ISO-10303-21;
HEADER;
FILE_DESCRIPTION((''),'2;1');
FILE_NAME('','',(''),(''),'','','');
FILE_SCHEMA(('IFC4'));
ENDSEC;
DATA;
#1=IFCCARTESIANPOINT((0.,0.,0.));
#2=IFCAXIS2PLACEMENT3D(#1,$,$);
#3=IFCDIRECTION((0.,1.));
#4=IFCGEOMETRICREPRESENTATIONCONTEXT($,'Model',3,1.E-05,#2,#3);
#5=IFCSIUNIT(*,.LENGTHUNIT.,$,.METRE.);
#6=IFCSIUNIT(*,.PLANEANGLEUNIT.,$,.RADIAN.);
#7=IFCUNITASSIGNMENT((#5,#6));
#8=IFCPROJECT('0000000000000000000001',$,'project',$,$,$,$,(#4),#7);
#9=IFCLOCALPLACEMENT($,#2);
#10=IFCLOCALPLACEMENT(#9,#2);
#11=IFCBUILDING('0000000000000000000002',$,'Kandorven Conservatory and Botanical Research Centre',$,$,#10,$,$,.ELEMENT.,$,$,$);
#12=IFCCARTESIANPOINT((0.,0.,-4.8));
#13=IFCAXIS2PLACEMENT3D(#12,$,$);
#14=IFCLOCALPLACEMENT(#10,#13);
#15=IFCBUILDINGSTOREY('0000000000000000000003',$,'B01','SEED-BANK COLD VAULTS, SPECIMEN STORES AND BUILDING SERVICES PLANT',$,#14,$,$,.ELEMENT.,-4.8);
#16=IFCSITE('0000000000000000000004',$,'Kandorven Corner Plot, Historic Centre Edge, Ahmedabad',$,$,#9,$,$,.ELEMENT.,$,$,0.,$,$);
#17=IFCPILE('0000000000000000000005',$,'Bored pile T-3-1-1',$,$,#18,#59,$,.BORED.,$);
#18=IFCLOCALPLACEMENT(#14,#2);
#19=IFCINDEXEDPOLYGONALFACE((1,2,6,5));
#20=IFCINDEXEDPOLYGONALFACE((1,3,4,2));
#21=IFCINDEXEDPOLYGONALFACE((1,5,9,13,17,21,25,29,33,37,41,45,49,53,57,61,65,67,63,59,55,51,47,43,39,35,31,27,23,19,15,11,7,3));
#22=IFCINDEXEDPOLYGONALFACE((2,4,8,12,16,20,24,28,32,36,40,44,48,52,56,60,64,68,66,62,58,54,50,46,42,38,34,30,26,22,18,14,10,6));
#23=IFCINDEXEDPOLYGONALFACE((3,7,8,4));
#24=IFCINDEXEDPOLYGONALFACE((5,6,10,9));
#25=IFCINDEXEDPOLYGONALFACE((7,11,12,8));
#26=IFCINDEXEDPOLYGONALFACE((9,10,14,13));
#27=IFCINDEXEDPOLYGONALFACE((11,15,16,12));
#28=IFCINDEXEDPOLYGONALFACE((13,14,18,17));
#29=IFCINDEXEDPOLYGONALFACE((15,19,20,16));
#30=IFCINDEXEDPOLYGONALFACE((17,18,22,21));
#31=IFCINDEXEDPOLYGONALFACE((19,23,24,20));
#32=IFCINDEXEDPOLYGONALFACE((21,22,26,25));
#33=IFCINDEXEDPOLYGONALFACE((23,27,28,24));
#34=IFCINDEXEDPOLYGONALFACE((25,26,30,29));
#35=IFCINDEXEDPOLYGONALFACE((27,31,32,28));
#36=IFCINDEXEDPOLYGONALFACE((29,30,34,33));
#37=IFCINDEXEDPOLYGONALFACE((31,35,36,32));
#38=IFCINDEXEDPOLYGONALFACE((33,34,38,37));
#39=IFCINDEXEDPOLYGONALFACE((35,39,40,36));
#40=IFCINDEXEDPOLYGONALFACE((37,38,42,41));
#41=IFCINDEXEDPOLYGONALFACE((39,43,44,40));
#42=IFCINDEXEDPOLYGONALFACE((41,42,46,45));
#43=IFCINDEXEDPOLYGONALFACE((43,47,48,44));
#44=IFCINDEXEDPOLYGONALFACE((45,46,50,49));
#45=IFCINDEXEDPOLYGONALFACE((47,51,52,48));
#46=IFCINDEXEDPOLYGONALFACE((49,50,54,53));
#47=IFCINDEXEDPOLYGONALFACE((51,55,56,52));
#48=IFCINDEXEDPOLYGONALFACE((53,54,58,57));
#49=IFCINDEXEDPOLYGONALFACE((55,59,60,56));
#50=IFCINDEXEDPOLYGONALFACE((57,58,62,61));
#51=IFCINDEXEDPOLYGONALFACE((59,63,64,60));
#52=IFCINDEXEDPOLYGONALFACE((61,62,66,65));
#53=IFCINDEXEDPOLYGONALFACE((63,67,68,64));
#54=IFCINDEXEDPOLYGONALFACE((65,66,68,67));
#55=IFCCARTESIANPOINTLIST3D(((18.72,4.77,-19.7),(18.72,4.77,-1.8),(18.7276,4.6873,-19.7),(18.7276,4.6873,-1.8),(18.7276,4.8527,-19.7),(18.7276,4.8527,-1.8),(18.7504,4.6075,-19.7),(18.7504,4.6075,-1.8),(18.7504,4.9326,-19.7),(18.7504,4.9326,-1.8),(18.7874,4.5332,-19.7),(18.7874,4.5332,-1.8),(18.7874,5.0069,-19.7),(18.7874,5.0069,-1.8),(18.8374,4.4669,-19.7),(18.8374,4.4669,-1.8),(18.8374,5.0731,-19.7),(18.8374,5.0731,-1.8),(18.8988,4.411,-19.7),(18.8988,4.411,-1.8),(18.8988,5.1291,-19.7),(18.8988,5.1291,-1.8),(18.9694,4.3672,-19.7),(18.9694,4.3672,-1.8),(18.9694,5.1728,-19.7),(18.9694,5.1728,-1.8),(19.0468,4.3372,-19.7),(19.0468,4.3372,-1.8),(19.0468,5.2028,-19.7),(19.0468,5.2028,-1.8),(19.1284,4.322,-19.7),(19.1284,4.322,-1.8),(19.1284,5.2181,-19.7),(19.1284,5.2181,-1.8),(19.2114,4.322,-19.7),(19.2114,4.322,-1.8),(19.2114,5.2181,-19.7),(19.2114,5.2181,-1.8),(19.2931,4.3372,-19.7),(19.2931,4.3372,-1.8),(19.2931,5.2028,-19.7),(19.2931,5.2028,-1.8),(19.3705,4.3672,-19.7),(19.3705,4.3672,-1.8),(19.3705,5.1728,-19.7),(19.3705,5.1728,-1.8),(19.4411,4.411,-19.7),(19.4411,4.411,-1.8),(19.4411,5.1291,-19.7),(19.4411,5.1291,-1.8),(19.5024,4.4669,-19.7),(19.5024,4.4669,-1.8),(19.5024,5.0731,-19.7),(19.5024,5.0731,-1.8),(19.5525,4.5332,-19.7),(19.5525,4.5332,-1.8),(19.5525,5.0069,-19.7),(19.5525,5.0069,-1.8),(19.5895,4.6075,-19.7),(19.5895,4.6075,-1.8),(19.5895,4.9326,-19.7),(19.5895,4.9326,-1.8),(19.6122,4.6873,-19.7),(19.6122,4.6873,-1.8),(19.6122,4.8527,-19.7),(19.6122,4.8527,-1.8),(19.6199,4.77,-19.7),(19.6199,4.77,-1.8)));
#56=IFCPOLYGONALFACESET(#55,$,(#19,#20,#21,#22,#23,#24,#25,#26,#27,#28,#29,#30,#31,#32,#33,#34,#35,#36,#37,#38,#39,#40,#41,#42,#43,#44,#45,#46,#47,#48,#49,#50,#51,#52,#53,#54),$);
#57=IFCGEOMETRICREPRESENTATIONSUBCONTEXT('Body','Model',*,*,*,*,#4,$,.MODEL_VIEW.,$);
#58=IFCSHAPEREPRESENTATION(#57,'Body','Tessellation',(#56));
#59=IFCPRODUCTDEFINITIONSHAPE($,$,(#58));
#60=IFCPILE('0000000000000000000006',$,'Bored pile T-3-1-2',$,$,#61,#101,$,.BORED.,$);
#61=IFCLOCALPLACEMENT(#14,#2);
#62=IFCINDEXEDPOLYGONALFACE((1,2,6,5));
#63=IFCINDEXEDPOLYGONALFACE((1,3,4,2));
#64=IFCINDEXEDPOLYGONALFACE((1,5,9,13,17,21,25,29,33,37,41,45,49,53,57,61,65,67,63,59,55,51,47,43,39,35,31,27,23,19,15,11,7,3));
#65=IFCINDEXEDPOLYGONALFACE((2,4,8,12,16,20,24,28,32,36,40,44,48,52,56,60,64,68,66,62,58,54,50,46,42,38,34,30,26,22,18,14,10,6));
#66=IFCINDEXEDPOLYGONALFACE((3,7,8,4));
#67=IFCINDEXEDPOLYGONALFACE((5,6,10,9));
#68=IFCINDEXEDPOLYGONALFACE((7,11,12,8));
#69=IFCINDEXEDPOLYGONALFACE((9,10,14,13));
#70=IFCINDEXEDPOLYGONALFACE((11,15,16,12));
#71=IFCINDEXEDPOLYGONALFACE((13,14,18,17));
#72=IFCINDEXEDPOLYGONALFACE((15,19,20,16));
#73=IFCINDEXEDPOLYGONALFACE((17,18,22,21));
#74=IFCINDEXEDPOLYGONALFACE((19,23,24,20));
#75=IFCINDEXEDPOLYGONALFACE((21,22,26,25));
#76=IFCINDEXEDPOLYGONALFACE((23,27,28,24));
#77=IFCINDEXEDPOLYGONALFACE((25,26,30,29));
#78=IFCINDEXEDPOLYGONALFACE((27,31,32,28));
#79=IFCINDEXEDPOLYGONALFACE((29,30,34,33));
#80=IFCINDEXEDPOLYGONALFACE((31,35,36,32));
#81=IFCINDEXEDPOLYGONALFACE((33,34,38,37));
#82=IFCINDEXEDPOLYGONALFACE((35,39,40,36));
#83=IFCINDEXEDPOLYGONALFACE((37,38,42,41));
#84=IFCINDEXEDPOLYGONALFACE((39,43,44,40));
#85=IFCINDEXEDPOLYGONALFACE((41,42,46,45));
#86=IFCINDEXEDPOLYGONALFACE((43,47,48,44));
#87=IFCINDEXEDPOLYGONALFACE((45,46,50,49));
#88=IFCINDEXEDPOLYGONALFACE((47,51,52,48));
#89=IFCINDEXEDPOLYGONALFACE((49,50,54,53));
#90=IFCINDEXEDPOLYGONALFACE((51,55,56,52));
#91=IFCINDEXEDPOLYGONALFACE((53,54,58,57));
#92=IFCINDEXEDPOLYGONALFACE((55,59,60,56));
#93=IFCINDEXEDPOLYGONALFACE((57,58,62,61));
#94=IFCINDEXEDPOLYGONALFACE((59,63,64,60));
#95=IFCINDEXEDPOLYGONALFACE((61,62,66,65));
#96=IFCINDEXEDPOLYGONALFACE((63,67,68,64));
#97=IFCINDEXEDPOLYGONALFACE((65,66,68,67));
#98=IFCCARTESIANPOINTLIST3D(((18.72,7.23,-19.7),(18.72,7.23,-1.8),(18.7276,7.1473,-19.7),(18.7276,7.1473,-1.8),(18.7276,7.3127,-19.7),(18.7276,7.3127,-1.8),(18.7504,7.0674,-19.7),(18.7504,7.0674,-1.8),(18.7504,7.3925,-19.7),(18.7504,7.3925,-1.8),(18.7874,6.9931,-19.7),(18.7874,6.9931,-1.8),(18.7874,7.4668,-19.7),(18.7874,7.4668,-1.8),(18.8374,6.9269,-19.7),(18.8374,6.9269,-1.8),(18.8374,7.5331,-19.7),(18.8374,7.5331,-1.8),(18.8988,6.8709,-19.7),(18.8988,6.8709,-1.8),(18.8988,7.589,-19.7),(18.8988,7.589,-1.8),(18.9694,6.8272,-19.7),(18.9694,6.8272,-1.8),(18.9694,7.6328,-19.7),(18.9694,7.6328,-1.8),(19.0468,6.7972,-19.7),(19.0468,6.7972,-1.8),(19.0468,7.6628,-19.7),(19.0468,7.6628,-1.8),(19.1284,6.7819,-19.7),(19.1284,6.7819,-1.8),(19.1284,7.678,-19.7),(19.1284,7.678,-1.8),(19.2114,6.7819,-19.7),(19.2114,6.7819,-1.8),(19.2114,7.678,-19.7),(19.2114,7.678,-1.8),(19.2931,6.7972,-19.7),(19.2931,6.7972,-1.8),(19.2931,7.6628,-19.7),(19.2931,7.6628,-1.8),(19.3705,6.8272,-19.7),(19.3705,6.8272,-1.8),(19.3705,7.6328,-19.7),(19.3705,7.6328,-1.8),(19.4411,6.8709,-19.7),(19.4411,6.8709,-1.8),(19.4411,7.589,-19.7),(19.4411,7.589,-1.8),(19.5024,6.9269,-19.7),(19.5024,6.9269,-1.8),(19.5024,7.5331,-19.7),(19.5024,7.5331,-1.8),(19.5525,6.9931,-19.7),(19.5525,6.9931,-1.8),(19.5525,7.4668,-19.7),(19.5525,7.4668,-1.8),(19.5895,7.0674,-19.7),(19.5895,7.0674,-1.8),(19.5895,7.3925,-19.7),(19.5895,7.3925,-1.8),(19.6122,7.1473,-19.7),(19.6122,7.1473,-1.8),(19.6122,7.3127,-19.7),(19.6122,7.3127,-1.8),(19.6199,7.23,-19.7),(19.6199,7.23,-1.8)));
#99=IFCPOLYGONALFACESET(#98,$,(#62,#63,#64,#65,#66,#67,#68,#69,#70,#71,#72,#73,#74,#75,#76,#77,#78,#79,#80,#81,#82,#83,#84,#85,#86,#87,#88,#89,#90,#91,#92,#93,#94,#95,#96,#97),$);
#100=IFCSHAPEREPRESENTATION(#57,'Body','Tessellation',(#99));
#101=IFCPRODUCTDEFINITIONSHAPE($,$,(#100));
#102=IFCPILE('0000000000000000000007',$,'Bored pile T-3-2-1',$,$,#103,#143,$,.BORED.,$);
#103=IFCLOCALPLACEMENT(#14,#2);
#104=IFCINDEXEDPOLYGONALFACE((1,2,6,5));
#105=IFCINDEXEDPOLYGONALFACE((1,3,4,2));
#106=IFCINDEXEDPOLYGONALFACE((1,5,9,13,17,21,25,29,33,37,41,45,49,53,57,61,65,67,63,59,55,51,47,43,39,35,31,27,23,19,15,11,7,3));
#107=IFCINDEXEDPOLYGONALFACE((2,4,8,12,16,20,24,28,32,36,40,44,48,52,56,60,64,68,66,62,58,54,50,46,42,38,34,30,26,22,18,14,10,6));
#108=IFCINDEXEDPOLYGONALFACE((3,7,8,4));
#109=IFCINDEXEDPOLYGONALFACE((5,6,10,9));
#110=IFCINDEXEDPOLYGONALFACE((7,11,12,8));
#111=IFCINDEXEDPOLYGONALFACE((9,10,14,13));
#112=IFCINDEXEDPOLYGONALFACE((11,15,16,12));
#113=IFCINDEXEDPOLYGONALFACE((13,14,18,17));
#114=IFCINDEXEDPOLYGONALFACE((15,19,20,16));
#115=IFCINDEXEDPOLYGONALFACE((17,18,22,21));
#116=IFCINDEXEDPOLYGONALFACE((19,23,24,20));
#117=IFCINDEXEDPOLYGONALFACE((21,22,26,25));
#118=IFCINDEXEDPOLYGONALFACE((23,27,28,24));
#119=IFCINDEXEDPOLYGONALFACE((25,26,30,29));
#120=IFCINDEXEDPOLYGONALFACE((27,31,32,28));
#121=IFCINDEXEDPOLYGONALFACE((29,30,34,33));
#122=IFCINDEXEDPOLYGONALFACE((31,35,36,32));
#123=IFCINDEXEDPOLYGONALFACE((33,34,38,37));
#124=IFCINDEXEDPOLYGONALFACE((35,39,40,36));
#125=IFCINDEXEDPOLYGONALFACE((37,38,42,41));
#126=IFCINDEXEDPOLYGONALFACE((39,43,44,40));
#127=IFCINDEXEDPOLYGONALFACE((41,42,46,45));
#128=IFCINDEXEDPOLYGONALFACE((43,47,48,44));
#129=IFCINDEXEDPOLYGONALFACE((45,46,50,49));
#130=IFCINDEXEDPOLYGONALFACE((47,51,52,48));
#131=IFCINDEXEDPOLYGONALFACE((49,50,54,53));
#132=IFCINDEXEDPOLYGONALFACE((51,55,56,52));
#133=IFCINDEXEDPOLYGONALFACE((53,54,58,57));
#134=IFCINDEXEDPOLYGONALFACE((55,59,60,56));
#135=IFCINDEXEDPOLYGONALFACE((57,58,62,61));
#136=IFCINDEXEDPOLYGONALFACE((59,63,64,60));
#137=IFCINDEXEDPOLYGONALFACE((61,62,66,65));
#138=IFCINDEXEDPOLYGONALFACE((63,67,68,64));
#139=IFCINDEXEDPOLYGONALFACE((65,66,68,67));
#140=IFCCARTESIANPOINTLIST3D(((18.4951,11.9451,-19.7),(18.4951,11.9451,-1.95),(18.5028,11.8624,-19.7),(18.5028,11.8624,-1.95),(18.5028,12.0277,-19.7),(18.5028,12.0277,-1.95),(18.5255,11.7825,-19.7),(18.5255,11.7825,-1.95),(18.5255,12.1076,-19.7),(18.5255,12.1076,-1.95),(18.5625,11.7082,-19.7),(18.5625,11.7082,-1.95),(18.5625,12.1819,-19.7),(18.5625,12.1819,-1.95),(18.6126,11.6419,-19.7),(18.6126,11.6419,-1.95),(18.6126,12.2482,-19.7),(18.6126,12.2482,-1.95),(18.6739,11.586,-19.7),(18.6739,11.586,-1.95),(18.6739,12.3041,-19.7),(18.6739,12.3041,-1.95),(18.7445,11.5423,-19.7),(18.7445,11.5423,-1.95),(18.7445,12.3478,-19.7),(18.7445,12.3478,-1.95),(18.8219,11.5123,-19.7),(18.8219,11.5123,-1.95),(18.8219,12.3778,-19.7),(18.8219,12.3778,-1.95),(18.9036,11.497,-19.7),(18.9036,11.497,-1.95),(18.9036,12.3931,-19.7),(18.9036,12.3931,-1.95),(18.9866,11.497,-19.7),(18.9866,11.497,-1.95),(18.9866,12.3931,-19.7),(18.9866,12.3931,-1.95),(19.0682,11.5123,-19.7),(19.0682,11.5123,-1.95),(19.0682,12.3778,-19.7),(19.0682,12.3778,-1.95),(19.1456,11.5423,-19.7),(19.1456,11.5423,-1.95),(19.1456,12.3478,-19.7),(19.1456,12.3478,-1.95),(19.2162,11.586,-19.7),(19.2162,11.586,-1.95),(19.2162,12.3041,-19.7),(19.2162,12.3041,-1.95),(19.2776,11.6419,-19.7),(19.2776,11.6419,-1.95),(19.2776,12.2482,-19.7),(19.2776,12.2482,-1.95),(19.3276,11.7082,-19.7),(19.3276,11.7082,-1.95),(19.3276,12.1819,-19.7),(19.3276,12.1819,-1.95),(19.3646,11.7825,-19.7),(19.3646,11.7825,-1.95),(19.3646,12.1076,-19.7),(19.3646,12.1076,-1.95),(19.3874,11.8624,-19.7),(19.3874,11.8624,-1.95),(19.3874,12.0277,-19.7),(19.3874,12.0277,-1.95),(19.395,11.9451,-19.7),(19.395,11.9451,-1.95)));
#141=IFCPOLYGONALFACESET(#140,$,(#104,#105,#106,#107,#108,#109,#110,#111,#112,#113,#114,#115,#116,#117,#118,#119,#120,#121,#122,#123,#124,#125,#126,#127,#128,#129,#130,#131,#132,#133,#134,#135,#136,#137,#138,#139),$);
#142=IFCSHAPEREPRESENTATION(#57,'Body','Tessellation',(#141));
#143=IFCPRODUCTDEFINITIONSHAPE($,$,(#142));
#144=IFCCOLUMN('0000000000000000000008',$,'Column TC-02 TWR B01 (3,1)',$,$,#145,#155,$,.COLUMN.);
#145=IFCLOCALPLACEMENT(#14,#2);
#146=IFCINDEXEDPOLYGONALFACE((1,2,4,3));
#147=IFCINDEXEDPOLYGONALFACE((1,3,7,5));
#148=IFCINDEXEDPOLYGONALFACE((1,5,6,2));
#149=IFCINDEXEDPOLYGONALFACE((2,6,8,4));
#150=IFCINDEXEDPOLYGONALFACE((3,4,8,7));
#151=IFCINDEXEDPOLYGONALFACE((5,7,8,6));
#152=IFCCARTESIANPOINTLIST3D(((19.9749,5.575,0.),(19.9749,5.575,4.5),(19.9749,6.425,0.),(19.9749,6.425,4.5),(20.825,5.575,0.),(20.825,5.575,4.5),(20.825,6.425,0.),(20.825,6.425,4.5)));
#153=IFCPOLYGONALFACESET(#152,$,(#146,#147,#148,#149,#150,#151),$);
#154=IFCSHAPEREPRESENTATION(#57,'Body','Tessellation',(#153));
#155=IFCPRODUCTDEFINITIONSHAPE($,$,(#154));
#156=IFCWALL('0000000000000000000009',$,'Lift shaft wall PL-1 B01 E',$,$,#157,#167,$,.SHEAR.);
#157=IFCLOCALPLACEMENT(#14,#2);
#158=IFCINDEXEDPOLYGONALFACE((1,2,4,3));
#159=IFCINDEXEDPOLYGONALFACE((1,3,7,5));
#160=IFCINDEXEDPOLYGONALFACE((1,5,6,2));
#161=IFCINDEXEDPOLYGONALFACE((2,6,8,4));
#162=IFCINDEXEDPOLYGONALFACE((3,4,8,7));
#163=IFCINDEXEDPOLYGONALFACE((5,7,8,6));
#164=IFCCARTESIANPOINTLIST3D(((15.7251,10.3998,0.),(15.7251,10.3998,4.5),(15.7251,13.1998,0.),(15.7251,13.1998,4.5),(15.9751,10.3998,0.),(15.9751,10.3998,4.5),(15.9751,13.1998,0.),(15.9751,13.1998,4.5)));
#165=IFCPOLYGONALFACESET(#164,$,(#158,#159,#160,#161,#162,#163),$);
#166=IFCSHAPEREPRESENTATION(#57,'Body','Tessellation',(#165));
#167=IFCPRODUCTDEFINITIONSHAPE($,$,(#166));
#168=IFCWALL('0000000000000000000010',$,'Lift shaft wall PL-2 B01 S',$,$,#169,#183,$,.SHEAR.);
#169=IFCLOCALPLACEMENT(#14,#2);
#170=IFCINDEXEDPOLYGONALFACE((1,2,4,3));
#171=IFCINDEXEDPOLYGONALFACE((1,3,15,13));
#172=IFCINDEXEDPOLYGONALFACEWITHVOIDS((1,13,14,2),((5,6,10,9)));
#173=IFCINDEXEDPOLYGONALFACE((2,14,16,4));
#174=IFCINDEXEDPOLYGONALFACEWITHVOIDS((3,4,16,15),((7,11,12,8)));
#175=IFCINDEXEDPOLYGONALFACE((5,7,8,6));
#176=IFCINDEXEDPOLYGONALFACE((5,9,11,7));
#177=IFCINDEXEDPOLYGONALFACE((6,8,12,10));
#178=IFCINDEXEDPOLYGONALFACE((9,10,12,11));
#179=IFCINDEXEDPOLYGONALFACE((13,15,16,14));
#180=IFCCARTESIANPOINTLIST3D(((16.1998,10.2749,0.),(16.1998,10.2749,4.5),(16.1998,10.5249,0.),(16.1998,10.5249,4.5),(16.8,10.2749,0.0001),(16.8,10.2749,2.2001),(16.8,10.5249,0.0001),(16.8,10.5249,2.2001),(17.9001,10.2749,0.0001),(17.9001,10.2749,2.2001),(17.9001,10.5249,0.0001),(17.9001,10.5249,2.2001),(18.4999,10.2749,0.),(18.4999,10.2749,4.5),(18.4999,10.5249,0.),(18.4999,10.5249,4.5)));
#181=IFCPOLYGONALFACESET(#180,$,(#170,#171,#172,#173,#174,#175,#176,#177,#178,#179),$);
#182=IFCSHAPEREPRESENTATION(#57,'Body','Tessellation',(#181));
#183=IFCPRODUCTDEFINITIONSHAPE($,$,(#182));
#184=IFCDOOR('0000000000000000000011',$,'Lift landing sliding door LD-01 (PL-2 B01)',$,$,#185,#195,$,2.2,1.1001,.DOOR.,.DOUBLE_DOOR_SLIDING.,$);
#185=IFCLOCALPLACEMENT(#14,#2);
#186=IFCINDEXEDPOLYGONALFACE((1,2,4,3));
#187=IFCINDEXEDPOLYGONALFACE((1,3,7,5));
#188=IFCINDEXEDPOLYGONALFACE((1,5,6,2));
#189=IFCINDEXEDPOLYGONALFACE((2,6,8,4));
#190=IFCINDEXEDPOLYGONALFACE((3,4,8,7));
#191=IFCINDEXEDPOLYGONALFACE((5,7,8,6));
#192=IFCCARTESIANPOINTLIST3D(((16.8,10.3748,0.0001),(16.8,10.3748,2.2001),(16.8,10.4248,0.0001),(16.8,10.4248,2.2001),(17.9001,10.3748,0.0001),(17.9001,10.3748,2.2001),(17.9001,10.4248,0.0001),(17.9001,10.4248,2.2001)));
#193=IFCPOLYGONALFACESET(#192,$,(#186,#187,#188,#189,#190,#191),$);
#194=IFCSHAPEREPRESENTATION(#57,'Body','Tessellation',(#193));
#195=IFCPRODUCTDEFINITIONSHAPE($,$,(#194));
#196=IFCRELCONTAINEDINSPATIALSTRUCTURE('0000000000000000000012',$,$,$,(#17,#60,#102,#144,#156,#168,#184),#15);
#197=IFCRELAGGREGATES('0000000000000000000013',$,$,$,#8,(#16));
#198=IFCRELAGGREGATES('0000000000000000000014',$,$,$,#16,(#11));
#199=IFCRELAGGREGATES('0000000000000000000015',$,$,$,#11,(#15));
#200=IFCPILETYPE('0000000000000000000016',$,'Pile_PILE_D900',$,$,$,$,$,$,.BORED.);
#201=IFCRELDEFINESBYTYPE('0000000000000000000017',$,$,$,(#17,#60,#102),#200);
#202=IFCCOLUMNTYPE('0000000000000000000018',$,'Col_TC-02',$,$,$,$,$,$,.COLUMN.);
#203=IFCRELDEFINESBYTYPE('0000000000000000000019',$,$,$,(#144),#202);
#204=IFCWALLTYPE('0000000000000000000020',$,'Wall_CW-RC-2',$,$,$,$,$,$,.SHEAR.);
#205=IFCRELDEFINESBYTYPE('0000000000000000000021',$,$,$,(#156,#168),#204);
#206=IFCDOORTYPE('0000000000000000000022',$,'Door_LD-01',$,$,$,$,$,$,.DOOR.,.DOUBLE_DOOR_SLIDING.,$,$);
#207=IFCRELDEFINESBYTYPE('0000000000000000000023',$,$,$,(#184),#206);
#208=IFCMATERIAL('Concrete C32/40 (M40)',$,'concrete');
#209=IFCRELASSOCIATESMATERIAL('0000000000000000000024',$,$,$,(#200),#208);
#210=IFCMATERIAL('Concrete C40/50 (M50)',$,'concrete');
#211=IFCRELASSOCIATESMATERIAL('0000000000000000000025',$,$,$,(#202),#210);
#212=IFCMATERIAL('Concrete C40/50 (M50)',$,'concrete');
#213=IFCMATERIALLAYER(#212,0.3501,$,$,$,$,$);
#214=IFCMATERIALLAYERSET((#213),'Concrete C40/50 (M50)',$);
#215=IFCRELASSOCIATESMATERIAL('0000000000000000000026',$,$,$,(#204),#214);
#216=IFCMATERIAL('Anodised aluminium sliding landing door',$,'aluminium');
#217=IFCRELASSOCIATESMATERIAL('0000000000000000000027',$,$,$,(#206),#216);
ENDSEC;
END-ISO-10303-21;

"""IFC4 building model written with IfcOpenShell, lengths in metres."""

from ifc_helpers import new_model, si_unit, direction, frame, frame_2d, origin, origin_2d, place, context, subcontext, project, spatial, rectangle, circle, extrude, material, layer, layer_set, material_profile, profile_set, type_object, element, fill, save


model = new_model("IFC4")

# Units and contexts
model_context = context("Model", 3, precision=1e-05, world=origin(), true_north=direction((0.0, 1.0)))
body_context = subcontext(model_context, "Body", "Model", "MODEL_VIEW")
ifc_project = project(units=[si_unit("LENGTHUNIT", "METRE"), si_unit("PLANEANGLEUNIT", "RADIAN")], contexts=[model_context])

# Site, building, storey
site_placement = place(None, origin())
site = spatial("IfcSite", under=ifc_project, at=site_placement, Name="Kandorven Corner Plot, Historic Centre Edge, Ahmedabad", CompositionType="ELEMENT", RefElevation=0.0)
building_placement = place(site_placement, origin())
building = spatial("IfcBuilding", under=site, at=building_placement, Name="Kandorven Conservatory and Botanical Research Centre", CompositionType="ELEMENT")
storey_placement = place(building_placement, frame((0.0, 0.0, -4.8)))
storey = spatial("IfcBuildingStorey", under=building, at=storey_placement, Name="B01", Description="SEED-BANK COLD VAULTS, SPECIMEN STORES AND BUILDING SERVICES PLANT", CompositionType="ELEMENT", Elevation=-4.8)

# Piles
ifc_material_1 = material(Name="Concrete C32/40 (M40)", Category="concrete")
ifc_material_profile_1 = material_profile(ifc_material_1, circle(Radius=0.45, at=origin_2d()))
ifc_profile_set_1 = profile_set([ifc_material_profile_1], Name="Concrete C32/40 (M40)")
pile_type = type_object("IfcPileType", Name="Pile_PILE_D900", PredefinedType="BORED", material=ifc_profile_set_1)
for number, where, z_axis, x_axis, name in (
    (1, (19.1699, 4.77, -1.8), (0.0, 0.0, -1.0), (1.0, 0.0, 0.0), "Bored pile T-3-1-1"),
    (2, (19.1699, 7.23, -1.8), (0.0, 0.0, -1.0), (1.0, 0.0, 0.0), "Bored pile T-3-1-2"),
):
    element("IfcPile", number, at=place(storey_placement, frame(where, z_axis=z_axis, x_axis=x_axis)), inside=storey, type_object=pile_type, Name=name, PredefinedType="BORED", context=body_context, shape_type="SweptSolid", body=[
        extrude(circle(Radius=0.45, at=origin_2d()), origin(), (0.0, 0.0, 1.0), 17.8999),
    ])
pile_1_placement = place(storey_placement, frame((18.9451, 11.9451, -1.95), z_axis=(0.0, 0.0, -1.0), x_axis=(1.0, 0.0, 0.0)))
element("IfcPile", 3, at=pile_1_placement, inside=storey, type_object=pile_type, Name="Bored pile T-3-2-1", PredefinedType="BORED", context=body_context, shape_type="SweptSolid", body=[
    extrude(circle(Radius=0.45, at=origin_2d()), origin(), (0.0, 0.0, 1.0), 17.75),
])

# Column
ifc_material_2 = material(Name="Concrete C40/50 (M50)", Category="concrete")
ifc_material_profile_2 = material_profile(ifc_material_2, rectangle(XDim=0.8501, YDim=0.8501, at=origin_2d()))
ifc_profile_set_2 = profile_set([ifc_material_profile_2], Name="Concrete C40/50 (M50)")
column_type = type_object("IfcColumnType", Name="Col_TC-02", PredefinedType="COLUMN", material=ifc_profile_set_2)
column_placement = place(storey_placement, frame((20.3999, 6.0, 0.0), z_axis=(0.0, 0.0, 1.0), x_axis=(1.0, 0.0, 0.0)))
element("IfcColumn", 4, at=column_placement, inside=storey, type_object=column_type, Name="Column TC-02 TWR B01 (3,1)", PredefinedType="COLUMN", context=body_context, shape_type="SweptSolid", body=[
    extrude(rectangle(XDim=0.8501, YDim=0.8501, at=origin_2d()), origin(), (0.0, 0.0, 1.0), 4.5),
])

# Wall
ifc_material_3 = material(Name="Concrete C40/50 (M50)", Category="concrete")
ifc_layer = layer(ifc_material_3, 0.3501)
ifc_layer_set = layer_set([ifc_layer], Name="Concrete C40/50 (M50)")
wall_type = type_object("IfcWallType", Name="Wall_CW-RC-2", PredefinedType="SHEAR", material=ifc_layer_set)
wall_1_placement = place(storey_placement, frame((15.8501, 10.3999, 0.0), z_axis=(0.0, 0.0, 1.0), x_axis=(0.0, 1.0, 0.0)))
element("IfcWall", 5, at=wall_1_placement, inside=storey, type_object=wall_type, Name="Lift shaft wall PL-1 B01 E", PredefinedType="SHEAR", context=body_context, shape_type="SweptSolid", body=[
    extrude(rectangle(XDim=2.8, YDim=0.25, at=frame_2d((1.3999, 0.0))), origin(), (0.0, 0.0, 1.0), 4.5),
])

# Wall, opening, door
wall_2_placement = place(storey_placement, frame((16.2, 10.3999, 0.0), z_axis=(0.0, 0.0, 1.0), x_axis=(1.0, 0.0, 0.0)))
wall_2 = element("IfcWall", 6, at=wall_2_placement, inside=storey, type_object=wall_type, Name="Lift shaft wall PL-2 B01 S", PredefinedType="SHEAR", context=body_context, shape_type="SweptSolid", body=[
    extrude(rectangle(XDim=2.3, YDim=0.25, at=frame_2d((1.1499, 0.0))), origin(), (0.0, 0.0, 1.0), 4.5),
])
opening_1_placement = place(wall_2_placement, frame((0.6001, 0.0, 0.0)))
opening_1 = element("IfcOpeningElement", 7, at=opening_1_placement, cuts=wall_2, PredefinedType="OPENING", context=body_context, shape_type="SweptSolid", body=[
    extrude(rectangle(XDim=1.1001, YDim=2.2, at=frame_2d((0.55, 1.1001))), frame((0.0, 0.135, 0.0), z_axis=(0.0, -1.0, 0.0), x_axis=(1.0, 0.0, 0.0)), (0.0, 0.0, 1.0), 0.27),
])
ifc_material_4 = material(Name="Anodised aluminium sliding landing door", Category="aluminium")
door_type = type_object("IfcDoorType", Name="Door_LD-01", OperationType="DOUBLE_DOOR_SLIDING", PredefinedType="DOOR", material=ifc_material_4)
door_1_placement = place(opening_1_placement, origin())
door_1 = element("IfcDoor", 8, at=door_1_placement, inside=storey, type_object=door_type, Name="Lift landing sliding door LD-01 (PL-2 B01)", OperationType="DOUBLE_DOOR_SLIDING", OverallHeight=2.2, OverallWidth=1.1001, PredefinedType="DOOR", context=body_context, shape_type="SweptSolid", body=[
    extrude(rectangle(XDim=1.1001, YDim=2.2, at=frame_2d((0.55, 1.1001))), frame((0.0, 0.0249, 0.0), z_axis=(0.0, -1.0, 0.0), x_axis=(1.0, 0.0, 0.0)), (0.0, 0.0, 1.0), 0.05),
])
fill(opening_1, door_1)

save(model, "model.ifc")
